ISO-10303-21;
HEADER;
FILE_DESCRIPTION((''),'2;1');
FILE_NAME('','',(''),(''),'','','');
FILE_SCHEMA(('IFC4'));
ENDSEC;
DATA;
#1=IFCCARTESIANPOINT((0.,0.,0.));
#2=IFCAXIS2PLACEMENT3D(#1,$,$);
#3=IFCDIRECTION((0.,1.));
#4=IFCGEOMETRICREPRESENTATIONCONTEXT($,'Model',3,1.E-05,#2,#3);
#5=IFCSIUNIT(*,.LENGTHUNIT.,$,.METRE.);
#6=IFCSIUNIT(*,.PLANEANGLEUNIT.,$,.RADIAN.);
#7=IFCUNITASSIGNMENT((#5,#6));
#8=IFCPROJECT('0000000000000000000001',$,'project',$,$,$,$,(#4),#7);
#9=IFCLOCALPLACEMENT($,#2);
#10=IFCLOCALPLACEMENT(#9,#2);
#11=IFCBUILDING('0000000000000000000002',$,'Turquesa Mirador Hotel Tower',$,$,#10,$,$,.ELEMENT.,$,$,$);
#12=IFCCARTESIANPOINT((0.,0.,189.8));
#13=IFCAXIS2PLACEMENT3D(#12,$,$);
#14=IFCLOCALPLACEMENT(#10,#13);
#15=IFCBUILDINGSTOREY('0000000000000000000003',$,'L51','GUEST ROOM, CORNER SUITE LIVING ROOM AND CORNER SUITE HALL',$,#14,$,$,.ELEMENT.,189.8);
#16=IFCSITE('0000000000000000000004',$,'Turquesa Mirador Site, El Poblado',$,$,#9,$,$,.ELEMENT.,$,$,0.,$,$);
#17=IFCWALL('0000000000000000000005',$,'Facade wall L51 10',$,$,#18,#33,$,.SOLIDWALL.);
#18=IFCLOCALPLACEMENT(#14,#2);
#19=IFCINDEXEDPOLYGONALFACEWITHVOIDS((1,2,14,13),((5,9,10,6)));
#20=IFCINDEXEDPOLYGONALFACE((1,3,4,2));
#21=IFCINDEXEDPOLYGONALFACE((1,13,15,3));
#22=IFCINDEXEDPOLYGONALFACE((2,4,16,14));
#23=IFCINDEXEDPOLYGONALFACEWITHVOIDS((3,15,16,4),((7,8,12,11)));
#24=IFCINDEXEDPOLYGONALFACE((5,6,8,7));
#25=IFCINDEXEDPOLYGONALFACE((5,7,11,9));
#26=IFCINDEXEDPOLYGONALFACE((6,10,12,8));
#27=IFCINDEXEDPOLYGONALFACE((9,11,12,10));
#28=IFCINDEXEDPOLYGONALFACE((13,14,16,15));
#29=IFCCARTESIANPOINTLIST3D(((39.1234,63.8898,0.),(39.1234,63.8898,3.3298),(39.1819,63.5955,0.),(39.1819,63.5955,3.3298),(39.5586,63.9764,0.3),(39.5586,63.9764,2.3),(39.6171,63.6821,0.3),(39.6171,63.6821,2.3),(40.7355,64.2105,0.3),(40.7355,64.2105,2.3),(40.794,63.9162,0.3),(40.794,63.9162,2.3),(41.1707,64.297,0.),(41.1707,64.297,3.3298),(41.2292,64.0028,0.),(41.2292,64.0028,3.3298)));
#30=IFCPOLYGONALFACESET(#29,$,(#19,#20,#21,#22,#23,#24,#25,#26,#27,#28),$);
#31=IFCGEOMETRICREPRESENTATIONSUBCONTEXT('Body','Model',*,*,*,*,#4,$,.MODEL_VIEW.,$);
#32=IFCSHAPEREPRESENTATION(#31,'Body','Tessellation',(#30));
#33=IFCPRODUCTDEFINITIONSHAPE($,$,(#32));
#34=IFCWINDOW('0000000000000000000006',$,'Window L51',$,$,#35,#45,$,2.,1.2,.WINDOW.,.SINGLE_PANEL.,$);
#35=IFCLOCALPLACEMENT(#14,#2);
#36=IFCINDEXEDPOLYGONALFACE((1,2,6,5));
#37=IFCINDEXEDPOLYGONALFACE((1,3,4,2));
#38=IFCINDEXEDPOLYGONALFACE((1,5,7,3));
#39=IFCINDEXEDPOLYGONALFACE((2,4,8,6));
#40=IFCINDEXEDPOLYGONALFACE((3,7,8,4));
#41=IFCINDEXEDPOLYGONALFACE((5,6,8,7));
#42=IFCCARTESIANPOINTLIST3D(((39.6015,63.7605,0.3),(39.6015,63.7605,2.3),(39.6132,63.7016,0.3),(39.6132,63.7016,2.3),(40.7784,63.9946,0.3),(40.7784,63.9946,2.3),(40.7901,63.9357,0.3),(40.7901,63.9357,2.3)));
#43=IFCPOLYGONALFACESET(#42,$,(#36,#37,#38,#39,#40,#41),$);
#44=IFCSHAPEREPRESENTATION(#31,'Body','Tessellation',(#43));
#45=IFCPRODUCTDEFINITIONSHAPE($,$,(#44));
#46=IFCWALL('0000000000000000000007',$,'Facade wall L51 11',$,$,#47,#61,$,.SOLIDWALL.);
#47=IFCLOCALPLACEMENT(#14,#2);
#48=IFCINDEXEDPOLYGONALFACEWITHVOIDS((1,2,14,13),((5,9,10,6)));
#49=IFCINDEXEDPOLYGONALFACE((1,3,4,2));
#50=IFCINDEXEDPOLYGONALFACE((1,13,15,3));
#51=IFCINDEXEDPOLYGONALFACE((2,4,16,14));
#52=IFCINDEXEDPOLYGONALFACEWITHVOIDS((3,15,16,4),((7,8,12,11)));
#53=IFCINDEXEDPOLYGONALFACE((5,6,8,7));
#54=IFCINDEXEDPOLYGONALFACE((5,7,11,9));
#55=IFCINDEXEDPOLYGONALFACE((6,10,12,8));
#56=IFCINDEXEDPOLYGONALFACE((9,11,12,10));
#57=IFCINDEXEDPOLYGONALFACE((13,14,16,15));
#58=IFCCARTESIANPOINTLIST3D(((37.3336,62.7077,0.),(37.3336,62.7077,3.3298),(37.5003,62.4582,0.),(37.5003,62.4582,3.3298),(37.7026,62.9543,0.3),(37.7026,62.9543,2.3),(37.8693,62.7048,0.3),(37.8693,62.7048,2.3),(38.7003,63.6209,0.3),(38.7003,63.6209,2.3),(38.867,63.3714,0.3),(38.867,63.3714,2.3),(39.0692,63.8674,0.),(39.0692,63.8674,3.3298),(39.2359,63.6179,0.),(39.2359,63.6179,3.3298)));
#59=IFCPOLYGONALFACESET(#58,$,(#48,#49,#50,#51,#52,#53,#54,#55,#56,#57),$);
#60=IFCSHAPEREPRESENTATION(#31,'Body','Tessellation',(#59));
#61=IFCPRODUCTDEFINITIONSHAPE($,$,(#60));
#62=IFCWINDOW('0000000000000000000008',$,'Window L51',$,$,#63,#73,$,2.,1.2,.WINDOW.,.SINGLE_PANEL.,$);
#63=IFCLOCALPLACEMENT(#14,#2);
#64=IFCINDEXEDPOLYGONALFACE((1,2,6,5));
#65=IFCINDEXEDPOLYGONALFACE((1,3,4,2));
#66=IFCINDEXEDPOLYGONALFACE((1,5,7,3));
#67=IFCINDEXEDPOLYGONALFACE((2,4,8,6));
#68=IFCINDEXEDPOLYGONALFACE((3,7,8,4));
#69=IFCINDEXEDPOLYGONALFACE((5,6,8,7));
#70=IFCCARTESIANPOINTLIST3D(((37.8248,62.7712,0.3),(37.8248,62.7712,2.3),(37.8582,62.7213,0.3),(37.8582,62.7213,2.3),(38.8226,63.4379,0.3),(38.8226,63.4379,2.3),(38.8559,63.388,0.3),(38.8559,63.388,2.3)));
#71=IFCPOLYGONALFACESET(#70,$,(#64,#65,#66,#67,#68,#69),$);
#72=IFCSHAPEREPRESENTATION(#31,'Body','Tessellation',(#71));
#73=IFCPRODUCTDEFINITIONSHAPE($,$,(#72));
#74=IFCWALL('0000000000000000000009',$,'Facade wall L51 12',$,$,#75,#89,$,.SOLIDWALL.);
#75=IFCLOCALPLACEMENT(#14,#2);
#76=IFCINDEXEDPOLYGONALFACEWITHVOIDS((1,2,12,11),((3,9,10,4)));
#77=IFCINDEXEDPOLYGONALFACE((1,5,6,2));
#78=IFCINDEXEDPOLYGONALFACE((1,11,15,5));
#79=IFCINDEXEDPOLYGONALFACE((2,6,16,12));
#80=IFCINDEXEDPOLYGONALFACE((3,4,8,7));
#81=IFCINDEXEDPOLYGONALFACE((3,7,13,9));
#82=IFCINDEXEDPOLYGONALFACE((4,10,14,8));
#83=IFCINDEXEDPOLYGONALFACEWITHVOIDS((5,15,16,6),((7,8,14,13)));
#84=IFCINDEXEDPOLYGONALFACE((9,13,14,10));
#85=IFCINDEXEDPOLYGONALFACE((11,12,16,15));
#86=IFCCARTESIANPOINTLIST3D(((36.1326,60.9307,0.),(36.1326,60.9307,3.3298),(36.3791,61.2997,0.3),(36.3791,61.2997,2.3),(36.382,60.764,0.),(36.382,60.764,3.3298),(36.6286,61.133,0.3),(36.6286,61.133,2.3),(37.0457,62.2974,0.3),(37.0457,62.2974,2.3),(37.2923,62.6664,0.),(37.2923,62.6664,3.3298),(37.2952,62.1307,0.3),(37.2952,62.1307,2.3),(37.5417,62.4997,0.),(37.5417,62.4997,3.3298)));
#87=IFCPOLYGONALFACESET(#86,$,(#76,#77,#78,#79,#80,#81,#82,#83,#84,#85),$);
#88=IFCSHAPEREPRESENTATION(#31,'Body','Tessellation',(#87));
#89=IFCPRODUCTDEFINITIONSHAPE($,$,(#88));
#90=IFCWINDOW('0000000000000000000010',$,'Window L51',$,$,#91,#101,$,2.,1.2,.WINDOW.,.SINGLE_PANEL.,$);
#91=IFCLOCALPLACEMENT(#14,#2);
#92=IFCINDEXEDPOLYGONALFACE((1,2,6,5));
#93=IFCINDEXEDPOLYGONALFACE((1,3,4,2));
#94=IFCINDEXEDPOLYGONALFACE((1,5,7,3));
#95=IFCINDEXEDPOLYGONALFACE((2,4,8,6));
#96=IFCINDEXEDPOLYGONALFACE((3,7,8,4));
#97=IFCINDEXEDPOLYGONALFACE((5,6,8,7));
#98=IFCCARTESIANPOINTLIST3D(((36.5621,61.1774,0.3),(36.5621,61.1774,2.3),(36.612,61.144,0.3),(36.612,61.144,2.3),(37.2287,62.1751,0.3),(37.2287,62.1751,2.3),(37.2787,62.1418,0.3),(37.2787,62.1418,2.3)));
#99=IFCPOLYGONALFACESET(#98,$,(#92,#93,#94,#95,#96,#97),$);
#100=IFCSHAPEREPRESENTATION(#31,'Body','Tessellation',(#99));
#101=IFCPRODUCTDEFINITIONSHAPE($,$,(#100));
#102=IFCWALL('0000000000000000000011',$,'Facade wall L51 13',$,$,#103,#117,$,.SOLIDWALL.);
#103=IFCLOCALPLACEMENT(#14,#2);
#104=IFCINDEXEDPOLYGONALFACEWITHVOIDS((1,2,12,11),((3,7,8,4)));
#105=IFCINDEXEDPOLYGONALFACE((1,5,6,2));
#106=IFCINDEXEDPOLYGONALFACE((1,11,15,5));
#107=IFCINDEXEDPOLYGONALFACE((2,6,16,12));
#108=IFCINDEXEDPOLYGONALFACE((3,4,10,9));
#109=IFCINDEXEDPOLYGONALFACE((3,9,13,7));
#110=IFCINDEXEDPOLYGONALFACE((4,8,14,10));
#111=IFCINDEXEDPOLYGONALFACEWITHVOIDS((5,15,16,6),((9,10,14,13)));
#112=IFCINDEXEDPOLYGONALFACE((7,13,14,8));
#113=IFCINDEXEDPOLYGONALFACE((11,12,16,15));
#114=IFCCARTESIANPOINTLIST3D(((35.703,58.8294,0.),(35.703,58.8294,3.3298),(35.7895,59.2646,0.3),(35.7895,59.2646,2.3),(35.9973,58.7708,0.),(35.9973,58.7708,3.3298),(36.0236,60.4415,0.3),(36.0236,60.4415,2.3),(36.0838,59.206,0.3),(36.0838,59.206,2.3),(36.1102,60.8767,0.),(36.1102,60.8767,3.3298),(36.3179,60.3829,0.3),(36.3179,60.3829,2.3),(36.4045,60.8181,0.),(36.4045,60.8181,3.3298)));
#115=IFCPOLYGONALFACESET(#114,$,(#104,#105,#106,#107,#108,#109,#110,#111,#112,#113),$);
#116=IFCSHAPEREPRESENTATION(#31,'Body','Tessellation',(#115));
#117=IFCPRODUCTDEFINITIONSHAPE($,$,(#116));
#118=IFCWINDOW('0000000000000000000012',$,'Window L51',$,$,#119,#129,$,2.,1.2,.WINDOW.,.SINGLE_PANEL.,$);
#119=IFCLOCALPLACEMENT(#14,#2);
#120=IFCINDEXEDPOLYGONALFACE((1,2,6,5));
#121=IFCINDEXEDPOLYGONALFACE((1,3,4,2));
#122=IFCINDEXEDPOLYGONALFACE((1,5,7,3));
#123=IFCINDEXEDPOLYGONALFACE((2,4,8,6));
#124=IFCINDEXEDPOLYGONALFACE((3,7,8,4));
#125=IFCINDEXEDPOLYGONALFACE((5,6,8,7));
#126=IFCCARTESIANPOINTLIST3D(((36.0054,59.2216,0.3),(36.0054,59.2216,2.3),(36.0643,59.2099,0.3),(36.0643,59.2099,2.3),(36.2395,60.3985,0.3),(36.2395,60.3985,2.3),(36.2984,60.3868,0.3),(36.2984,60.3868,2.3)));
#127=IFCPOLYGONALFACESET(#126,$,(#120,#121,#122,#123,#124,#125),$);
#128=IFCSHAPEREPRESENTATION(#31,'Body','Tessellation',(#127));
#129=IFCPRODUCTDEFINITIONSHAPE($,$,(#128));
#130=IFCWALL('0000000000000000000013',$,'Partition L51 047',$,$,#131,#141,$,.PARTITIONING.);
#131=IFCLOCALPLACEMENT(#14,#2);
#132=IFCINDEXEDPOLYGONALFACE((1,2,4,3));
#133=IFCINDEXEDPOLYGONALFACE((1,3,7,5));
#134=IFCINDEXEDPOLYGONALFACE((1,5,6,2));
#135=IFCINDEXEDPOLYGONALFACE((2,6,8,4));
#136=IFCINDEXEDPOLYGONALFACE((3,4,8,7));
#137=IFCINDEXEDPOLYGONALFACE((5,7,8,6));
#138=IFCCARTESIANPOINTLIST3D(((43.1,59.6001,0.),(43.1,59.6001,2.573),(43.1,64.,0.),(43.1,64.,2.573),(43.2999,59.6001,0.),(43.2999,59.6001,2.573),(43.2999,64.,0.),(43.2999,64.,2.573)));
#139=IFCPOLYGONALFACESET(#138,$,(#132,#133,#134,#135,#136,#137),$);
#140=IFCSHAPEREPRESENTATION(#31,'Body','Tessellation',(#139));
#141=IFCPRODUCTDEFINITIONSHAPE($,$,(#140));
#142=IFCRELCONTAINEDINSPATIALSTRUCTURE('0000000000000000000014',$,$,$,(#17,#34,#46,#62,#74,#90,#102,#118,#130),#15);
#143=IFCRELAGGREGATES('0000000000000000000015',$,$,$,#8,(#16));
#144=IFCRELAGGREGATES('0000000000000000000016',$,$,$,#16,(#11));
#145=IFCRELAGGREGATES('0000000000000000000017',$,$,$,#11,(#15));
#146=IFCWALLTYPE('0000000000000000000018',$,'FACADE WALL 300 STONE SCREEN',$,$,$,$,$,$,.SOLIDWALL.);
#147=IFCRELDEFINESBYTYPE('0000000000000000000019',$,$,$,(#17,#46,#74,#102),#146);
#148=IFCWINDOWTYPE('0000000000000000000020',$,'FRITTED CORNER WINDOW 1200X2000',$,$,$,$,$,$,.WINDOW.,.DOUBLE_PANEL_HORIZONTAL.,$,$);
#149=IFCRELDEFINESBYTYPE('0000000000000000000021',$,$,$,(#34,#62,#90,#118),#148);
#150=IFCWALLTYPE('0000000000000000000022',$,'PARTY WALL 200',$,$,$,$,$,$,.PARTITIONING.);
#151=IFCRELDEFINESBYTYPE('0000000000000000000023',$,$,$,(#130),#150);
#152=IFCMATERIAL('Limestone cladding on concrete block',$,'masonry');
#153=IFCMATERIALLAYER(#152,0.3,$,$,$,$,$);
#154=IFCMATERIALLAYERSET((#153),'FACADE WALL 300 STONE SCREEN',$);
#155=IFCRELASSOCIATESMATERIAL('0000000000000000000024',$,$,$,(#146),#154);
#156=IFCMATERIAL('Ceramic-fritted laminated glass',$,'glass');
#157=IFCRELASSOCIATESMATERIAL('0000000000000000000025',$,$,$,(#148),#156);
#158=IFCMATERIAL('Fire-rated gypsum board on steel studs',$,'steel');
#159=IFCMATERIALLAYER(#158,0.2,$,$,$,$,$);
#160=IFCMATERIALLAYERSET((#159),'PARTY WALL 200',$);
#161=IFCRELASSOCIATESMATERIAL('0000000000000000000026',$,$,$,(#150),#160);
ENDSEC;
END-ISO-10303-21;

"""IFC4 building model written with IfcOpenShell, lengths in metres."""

from ifc_helpers import new_model, si_unit, direction, frame, frame_2d, origin, place, context, subcontext, project, spatial, rectangle, extrude, material, layer, layer_set, type_object, element, fill, save


model = new_model("IFC4")

# Units and contexts
model_context = context("Model", 3, precision=1e-05, world=origin(), true_north=direction((0.0, 1.0)))
body_context = subcontext(model_context, "Body", "Model", "MODEL_VIEW")
ifc_project = project(units=[si_unit("LENGTHUNIT", "METRE"), si_unit("PLANEANGLEUNIT", "RADIAN")], contexts=[model_context])

# Site, building, storey
site_placement = place(None, origin())
site = spatial("IfcSite", under=ifc_project, at=site_placement, Name="Turquesa Mirador Site, El Poblado", CompositionType="ELEMENT", RefElevation=0.0)
building_placement = place(site_placement, origin())
building = spatial("IfcBuilding", under=site, at=building_placement, Name="Turquesa Mirador Hotel Tower", CompositionType="ELEMENT")
storey_placement = place(building_placement, frame((0.0, 0.0, 189.8)))
storey = spatial("IfcBuildingStorey", under=building, at=storey_placement, Name="L51", Description="GUEST ROOM, CORNER SUITE LIVING ROOM AND CORNER SUITE HALL", CompositionType="ELEMENT", Elevation=189.8)

# Walls, openings, windows
ifc_material_1 = material(Name="Limestone cladding on concrete block", Category="masonry")
ifc_layer_1 = layer(ifc_material_1, 0.3)
ifc_layer_set_1 = layer_set([ifc_layer_1], Name="FACADE WALL 300 STONE SCREEN")
wall_type_1 = type_object("IfcWallType", Name="FACADE WALL 300 STONE SCREEN", PredefinedType="SOLIDWALL", material=ifc_layer_set_1)
wall_1_placement = place(storey_placement, frame((41.2, 64.1499, 0.0), z_axis=(0.0, 0.0, 1.0), x_axis=(-0.980787, -0.195081, 0.0)))
wall_1 = element("IfcWall", 1, at=wall_1_placement, inside=storey, type_object=wall_type_1, Name="Facade wall L51 10", PredefinedType="SOLIDWALL", context=body_context, shape_type="SweptSolid", body=[
    extrude(rectangle(XDim=2.0874, YDim=0.3, at=frame_2d((1.0437, 0.0))), origin(), (0.0, 0.0, 1.0), 3.3298),
])
opening_1_placement = place(wall_1_placement, frame((0.4436, 0.0, 0.3)))
opening_1 = element("IfcOpeningElement", 2, at=opening_1_placement, cuts=wall_1, PredefinedType="OPENING", context=body_context, shape_type="SweptSolid", body=[
    extrude(rectangle(XDim=1.2, YDim=2.0, at=frame_2d((0.6001, 1.0))), frame((0.0, 0.1599, 0.0), z_axis=(0.0, -1.0, 0.0), x_axis=(1.0, 0.0, 0.0)), (0.0, 0.0, 1.0), 0.3201),
])
ifc_material_2 = material(Name="Ceramic-fritted laminated glass", Category="glass")
window_type = type_object("IfcWindowType", Name="FRITTED CORNER WINDOW 1200X2000", PartitioningType="DOUBLE_PANEL_HORIZONTAL", PredefinedType="WINDOW", material=ifc_material_2)
window_1_placement = place(opening_1_placement, origin())
window_1 = element("IfcWindow", 3, at=window_1_placement, inside=storey, type_object=window_type, Name="Window L51", OverallHeight=2.0, OverallWidth=1.2, PartitioningType="SINGLE_PANEL", PredefinedType="WINDOW", context=body_context, shape_type="SweptSolid", body=[
    extrude(rectangle(XDim=1.2, YDim=2.0, at=frame_2d((0.6001, 1.0))), frame((0.0, 0.1301, 0.0), z_axis=(0.0, -1.0, 0.0), x_axis=(1.0, 0.0, 0.0)), (0.0, 0.0, 1.0), 0.0601),
])
fill(opening_1, window_1)
wall_2_placement = place(storey_placement, frame((39.1526, 63.7427, 0.0), z_axis=(0.0, 0.0, 1.0), x_axis=(-0.831474, -0.555564, 0.0)))
wall_2 = element("IfcWall", 4, at=wall_2_placement, inside=storey, type_object=wall_type_1, Name="Facade wall L51 11", PredefinedType="SOLIDWALL", context=body_context, shape_type="SweptSolid", body=[
    extrude(rectangle(XDim=2.0874, YDim=0.3, at=frame_2d((1.0437, 0.0))), origin(), (0.0, 0.0, 1.0), 3.3298),
])
opening_2_placement = place(wall_2_placement, frame((0.4436, 0.0, 0.3)))
opening_2 = element("IfcOpeningElement", 5, at=opening_2_placement, cuts=wall_2, PredefinedType="OPENING", context=body_context, shape_type="SweptSolid", body=[
    extrude(rectangle(XDim=1.2, YDim=2.0, at=frame_2d((0.6001, 1.0))), frame((0.0, 0.1599, 0.0), z_axis=(0.0, -1.0, 0.0), x_axis=(1.0, 0.0, 0.0)), (0.0, 0.0, 1.0), 0.3201),
])
window_2_placement = place(opening_2_placement, origin())
window_2 = element("IfcWindow", 6, at=window_2_placement, inside=storey, type_object=window_type, Name="Window L51", OverallHeight=2.0, OverallWidth=1.2, PartitioningType="SINGLE_PANEL", PredefinedType="WINDOW", context=body_context, shape_type="SweptSolid", body=[
    extrude(rectangle(XDim=1.2, YDim=2.0, at=frame_2d((0.6001, 1.0))), frame((0.0, 0.1301, 0.0), z_axis=(0.0, -1.0, 0.0), x_axis=(1.0, 0.0, 0.0)), (0.0, 0.0, 1.0), 0.0601),
])
fill(opening_2, window_2)
wall_3_placement = place(storey_placement, frame((37.417, 62.583, 0.0), z_axis=(0.0, 0.0, 1.0), x_axis=(-0.555564, -0.831474, 0.0)))
wall_3 = element("IfcWall", 7, at=wall_3_placement, inside=storey, type_object=wall_type_1, Name="Facade wall L51 12", PredefinedType="SOLIDWALL", context=body_context, shape_type="SweptSolid", body=[
    extrude(rectangle(XDim=2.0874, YDim=0.3, at=frame_2d((1.0437, 0.0))), origin(), (0.0, 0.0, 1.0), 3.3298),
])
opening_3_placement = place(wall_3_placement, frame((0.4436, 0.0, 0.3)))
opening_3 = element("IfcOpeningElement", 8, at=opening_3_placement, cuts=wall_3, PredefinedType="OPENING", context=body_context, shape_type="SweptSolid", body=[
    extrude(rectangle(XDim=1.2, YDim=2.0, at=frame_2d((0.6001, 1.0))), frame((0.0, 0.1599, 0.0), z_axis=(0.0, -1.0, 0.0), x_axis=(1.0, 0.0, 0.0)), (0.0, 0.0, 1.0), 0.3201),
])
window_3_placement = place(opening_3_placement, origin())
window_3 = element("IfcWindow", 9, at=window_3_placement, inside=storey, type_object=window_type, Name="Window L51", OverallHeight=2.0, OverallWidth=1.2, PartitioningType="SINGLE_PANEL", PredefinedType="WINDOW", context=body_context, shape_type="SweptSolid", body=[
    extrude(rectangle(XDim=1.2, YDim=2.0, at=frame_2d((0.6001, 1.0))), frame((0.0, 0.1301, 0.0), z_axis=(0.0, -1.0, 0.0), x_axis=(1.0, 0.0, 0.0)), (0.0, 0.0, 1.0), 0.0601),
])
fill(opening_3, window_3)
wall_4_placement = place(storey_placement, frame((36.2573, 60.8474, 0.0), z_axis=(0.0, 0.0, 1.0), x_axis=(-0.195081, -0.980787, 0.0)))
wall_4 = element("IfcWall", 10, at=wall_4_placement, inside=storey, type_object=wall_type_1, Name="Facade wall L51 13", PredefinedType="SOLIDWALL", context=body_context, shape_type="SweptSolid", body=[
    extrude(rectangle(XDim=2.0874, YDim=0.3, at=frame_2d((1.0437, 0.0))), origin(), (0.0, 0.0, 1.0), 3.3298),
])
opening_4_placement = place(wall_4_placement, frame((0.4436, 0.0, 0.3)))
opening_4 = element("IfcOpeningElement", 11, at=opening_4_placement, cuts=wall_4, PredefinedType="OPENING", context=body_context, shape_type="SweptSolid", body=[
    extrude(rectangle(XDim=1.2, YDim=2.0, at=frame_2d((0.6001, 1.0))), frame((0.0, 0.1599, 0.0), z_axis=(0.0, -1.0, 0.0), x_axis=(1.0, 0.0, 0.0)), (0.0, 0.0, 1.0), 0.3201),
])
window_4_placement = place(opening_4_placement, origin())
window_4 = element("IfcWindow", 12, at=window_4_placement, inside=storey, type_object=window_type, Name="Window L51", OverallHeight=2.0, OverallWidth=1.2, PartitioningType="SINGLE_PANEL", PredefinedType="WINDOW", context=body_context, shape_type="SweptSolid", body=[
    extrude(rectangle(XDim=1.2, YDim=2.0, at=frame_2d((0.6001, 1.0))), frame((0.0, 0.1301, 0.0), z_axis=(0.0, -1.0, 0.0), x_axis=(1.0, 0.0, 0.0)), (0.0, 0.0, 1.0), 0.0601),
])
fill(opening_4, window_4)

# Wall
ifc_material_3 = material(Name="Fire-rated gypsum board on steel studs", Category="steel")
ifc_layer_2 = layer(ifc_material_3, 0.2)
ifc_layer_set_2 = layer_set([ifc_layer_2], Name="PARTY WALL 200")
wall_type_2 = type_object("IfcWallType", Name="PARTY WALL 200", PredefinedType="PARTITIONING", material=ifc_layer_set_2)
wall_5_placement = place(storey_placement, frame((43.2, 59.6001, 0.0), z_axis=(0.0, 0.0, 1.0), x_axis=(0.0, 1.0, 0.0)))
element("IfcWall", 13, at=wall_5_placement, inside=storey, type_object=wall_type_2, Name="Partition L51 047", PredefinedType="PARTITIONING", context=body_context, shape_type="SweptSolid", body=[
    extrude(rectangle(XDim=4.3999, YDim=0.2, at=frame_2d((2.2, 0.0))), origin(), (0.0, 0.0, 1.0), 2.573),
])

save(model, "model.ifc")
